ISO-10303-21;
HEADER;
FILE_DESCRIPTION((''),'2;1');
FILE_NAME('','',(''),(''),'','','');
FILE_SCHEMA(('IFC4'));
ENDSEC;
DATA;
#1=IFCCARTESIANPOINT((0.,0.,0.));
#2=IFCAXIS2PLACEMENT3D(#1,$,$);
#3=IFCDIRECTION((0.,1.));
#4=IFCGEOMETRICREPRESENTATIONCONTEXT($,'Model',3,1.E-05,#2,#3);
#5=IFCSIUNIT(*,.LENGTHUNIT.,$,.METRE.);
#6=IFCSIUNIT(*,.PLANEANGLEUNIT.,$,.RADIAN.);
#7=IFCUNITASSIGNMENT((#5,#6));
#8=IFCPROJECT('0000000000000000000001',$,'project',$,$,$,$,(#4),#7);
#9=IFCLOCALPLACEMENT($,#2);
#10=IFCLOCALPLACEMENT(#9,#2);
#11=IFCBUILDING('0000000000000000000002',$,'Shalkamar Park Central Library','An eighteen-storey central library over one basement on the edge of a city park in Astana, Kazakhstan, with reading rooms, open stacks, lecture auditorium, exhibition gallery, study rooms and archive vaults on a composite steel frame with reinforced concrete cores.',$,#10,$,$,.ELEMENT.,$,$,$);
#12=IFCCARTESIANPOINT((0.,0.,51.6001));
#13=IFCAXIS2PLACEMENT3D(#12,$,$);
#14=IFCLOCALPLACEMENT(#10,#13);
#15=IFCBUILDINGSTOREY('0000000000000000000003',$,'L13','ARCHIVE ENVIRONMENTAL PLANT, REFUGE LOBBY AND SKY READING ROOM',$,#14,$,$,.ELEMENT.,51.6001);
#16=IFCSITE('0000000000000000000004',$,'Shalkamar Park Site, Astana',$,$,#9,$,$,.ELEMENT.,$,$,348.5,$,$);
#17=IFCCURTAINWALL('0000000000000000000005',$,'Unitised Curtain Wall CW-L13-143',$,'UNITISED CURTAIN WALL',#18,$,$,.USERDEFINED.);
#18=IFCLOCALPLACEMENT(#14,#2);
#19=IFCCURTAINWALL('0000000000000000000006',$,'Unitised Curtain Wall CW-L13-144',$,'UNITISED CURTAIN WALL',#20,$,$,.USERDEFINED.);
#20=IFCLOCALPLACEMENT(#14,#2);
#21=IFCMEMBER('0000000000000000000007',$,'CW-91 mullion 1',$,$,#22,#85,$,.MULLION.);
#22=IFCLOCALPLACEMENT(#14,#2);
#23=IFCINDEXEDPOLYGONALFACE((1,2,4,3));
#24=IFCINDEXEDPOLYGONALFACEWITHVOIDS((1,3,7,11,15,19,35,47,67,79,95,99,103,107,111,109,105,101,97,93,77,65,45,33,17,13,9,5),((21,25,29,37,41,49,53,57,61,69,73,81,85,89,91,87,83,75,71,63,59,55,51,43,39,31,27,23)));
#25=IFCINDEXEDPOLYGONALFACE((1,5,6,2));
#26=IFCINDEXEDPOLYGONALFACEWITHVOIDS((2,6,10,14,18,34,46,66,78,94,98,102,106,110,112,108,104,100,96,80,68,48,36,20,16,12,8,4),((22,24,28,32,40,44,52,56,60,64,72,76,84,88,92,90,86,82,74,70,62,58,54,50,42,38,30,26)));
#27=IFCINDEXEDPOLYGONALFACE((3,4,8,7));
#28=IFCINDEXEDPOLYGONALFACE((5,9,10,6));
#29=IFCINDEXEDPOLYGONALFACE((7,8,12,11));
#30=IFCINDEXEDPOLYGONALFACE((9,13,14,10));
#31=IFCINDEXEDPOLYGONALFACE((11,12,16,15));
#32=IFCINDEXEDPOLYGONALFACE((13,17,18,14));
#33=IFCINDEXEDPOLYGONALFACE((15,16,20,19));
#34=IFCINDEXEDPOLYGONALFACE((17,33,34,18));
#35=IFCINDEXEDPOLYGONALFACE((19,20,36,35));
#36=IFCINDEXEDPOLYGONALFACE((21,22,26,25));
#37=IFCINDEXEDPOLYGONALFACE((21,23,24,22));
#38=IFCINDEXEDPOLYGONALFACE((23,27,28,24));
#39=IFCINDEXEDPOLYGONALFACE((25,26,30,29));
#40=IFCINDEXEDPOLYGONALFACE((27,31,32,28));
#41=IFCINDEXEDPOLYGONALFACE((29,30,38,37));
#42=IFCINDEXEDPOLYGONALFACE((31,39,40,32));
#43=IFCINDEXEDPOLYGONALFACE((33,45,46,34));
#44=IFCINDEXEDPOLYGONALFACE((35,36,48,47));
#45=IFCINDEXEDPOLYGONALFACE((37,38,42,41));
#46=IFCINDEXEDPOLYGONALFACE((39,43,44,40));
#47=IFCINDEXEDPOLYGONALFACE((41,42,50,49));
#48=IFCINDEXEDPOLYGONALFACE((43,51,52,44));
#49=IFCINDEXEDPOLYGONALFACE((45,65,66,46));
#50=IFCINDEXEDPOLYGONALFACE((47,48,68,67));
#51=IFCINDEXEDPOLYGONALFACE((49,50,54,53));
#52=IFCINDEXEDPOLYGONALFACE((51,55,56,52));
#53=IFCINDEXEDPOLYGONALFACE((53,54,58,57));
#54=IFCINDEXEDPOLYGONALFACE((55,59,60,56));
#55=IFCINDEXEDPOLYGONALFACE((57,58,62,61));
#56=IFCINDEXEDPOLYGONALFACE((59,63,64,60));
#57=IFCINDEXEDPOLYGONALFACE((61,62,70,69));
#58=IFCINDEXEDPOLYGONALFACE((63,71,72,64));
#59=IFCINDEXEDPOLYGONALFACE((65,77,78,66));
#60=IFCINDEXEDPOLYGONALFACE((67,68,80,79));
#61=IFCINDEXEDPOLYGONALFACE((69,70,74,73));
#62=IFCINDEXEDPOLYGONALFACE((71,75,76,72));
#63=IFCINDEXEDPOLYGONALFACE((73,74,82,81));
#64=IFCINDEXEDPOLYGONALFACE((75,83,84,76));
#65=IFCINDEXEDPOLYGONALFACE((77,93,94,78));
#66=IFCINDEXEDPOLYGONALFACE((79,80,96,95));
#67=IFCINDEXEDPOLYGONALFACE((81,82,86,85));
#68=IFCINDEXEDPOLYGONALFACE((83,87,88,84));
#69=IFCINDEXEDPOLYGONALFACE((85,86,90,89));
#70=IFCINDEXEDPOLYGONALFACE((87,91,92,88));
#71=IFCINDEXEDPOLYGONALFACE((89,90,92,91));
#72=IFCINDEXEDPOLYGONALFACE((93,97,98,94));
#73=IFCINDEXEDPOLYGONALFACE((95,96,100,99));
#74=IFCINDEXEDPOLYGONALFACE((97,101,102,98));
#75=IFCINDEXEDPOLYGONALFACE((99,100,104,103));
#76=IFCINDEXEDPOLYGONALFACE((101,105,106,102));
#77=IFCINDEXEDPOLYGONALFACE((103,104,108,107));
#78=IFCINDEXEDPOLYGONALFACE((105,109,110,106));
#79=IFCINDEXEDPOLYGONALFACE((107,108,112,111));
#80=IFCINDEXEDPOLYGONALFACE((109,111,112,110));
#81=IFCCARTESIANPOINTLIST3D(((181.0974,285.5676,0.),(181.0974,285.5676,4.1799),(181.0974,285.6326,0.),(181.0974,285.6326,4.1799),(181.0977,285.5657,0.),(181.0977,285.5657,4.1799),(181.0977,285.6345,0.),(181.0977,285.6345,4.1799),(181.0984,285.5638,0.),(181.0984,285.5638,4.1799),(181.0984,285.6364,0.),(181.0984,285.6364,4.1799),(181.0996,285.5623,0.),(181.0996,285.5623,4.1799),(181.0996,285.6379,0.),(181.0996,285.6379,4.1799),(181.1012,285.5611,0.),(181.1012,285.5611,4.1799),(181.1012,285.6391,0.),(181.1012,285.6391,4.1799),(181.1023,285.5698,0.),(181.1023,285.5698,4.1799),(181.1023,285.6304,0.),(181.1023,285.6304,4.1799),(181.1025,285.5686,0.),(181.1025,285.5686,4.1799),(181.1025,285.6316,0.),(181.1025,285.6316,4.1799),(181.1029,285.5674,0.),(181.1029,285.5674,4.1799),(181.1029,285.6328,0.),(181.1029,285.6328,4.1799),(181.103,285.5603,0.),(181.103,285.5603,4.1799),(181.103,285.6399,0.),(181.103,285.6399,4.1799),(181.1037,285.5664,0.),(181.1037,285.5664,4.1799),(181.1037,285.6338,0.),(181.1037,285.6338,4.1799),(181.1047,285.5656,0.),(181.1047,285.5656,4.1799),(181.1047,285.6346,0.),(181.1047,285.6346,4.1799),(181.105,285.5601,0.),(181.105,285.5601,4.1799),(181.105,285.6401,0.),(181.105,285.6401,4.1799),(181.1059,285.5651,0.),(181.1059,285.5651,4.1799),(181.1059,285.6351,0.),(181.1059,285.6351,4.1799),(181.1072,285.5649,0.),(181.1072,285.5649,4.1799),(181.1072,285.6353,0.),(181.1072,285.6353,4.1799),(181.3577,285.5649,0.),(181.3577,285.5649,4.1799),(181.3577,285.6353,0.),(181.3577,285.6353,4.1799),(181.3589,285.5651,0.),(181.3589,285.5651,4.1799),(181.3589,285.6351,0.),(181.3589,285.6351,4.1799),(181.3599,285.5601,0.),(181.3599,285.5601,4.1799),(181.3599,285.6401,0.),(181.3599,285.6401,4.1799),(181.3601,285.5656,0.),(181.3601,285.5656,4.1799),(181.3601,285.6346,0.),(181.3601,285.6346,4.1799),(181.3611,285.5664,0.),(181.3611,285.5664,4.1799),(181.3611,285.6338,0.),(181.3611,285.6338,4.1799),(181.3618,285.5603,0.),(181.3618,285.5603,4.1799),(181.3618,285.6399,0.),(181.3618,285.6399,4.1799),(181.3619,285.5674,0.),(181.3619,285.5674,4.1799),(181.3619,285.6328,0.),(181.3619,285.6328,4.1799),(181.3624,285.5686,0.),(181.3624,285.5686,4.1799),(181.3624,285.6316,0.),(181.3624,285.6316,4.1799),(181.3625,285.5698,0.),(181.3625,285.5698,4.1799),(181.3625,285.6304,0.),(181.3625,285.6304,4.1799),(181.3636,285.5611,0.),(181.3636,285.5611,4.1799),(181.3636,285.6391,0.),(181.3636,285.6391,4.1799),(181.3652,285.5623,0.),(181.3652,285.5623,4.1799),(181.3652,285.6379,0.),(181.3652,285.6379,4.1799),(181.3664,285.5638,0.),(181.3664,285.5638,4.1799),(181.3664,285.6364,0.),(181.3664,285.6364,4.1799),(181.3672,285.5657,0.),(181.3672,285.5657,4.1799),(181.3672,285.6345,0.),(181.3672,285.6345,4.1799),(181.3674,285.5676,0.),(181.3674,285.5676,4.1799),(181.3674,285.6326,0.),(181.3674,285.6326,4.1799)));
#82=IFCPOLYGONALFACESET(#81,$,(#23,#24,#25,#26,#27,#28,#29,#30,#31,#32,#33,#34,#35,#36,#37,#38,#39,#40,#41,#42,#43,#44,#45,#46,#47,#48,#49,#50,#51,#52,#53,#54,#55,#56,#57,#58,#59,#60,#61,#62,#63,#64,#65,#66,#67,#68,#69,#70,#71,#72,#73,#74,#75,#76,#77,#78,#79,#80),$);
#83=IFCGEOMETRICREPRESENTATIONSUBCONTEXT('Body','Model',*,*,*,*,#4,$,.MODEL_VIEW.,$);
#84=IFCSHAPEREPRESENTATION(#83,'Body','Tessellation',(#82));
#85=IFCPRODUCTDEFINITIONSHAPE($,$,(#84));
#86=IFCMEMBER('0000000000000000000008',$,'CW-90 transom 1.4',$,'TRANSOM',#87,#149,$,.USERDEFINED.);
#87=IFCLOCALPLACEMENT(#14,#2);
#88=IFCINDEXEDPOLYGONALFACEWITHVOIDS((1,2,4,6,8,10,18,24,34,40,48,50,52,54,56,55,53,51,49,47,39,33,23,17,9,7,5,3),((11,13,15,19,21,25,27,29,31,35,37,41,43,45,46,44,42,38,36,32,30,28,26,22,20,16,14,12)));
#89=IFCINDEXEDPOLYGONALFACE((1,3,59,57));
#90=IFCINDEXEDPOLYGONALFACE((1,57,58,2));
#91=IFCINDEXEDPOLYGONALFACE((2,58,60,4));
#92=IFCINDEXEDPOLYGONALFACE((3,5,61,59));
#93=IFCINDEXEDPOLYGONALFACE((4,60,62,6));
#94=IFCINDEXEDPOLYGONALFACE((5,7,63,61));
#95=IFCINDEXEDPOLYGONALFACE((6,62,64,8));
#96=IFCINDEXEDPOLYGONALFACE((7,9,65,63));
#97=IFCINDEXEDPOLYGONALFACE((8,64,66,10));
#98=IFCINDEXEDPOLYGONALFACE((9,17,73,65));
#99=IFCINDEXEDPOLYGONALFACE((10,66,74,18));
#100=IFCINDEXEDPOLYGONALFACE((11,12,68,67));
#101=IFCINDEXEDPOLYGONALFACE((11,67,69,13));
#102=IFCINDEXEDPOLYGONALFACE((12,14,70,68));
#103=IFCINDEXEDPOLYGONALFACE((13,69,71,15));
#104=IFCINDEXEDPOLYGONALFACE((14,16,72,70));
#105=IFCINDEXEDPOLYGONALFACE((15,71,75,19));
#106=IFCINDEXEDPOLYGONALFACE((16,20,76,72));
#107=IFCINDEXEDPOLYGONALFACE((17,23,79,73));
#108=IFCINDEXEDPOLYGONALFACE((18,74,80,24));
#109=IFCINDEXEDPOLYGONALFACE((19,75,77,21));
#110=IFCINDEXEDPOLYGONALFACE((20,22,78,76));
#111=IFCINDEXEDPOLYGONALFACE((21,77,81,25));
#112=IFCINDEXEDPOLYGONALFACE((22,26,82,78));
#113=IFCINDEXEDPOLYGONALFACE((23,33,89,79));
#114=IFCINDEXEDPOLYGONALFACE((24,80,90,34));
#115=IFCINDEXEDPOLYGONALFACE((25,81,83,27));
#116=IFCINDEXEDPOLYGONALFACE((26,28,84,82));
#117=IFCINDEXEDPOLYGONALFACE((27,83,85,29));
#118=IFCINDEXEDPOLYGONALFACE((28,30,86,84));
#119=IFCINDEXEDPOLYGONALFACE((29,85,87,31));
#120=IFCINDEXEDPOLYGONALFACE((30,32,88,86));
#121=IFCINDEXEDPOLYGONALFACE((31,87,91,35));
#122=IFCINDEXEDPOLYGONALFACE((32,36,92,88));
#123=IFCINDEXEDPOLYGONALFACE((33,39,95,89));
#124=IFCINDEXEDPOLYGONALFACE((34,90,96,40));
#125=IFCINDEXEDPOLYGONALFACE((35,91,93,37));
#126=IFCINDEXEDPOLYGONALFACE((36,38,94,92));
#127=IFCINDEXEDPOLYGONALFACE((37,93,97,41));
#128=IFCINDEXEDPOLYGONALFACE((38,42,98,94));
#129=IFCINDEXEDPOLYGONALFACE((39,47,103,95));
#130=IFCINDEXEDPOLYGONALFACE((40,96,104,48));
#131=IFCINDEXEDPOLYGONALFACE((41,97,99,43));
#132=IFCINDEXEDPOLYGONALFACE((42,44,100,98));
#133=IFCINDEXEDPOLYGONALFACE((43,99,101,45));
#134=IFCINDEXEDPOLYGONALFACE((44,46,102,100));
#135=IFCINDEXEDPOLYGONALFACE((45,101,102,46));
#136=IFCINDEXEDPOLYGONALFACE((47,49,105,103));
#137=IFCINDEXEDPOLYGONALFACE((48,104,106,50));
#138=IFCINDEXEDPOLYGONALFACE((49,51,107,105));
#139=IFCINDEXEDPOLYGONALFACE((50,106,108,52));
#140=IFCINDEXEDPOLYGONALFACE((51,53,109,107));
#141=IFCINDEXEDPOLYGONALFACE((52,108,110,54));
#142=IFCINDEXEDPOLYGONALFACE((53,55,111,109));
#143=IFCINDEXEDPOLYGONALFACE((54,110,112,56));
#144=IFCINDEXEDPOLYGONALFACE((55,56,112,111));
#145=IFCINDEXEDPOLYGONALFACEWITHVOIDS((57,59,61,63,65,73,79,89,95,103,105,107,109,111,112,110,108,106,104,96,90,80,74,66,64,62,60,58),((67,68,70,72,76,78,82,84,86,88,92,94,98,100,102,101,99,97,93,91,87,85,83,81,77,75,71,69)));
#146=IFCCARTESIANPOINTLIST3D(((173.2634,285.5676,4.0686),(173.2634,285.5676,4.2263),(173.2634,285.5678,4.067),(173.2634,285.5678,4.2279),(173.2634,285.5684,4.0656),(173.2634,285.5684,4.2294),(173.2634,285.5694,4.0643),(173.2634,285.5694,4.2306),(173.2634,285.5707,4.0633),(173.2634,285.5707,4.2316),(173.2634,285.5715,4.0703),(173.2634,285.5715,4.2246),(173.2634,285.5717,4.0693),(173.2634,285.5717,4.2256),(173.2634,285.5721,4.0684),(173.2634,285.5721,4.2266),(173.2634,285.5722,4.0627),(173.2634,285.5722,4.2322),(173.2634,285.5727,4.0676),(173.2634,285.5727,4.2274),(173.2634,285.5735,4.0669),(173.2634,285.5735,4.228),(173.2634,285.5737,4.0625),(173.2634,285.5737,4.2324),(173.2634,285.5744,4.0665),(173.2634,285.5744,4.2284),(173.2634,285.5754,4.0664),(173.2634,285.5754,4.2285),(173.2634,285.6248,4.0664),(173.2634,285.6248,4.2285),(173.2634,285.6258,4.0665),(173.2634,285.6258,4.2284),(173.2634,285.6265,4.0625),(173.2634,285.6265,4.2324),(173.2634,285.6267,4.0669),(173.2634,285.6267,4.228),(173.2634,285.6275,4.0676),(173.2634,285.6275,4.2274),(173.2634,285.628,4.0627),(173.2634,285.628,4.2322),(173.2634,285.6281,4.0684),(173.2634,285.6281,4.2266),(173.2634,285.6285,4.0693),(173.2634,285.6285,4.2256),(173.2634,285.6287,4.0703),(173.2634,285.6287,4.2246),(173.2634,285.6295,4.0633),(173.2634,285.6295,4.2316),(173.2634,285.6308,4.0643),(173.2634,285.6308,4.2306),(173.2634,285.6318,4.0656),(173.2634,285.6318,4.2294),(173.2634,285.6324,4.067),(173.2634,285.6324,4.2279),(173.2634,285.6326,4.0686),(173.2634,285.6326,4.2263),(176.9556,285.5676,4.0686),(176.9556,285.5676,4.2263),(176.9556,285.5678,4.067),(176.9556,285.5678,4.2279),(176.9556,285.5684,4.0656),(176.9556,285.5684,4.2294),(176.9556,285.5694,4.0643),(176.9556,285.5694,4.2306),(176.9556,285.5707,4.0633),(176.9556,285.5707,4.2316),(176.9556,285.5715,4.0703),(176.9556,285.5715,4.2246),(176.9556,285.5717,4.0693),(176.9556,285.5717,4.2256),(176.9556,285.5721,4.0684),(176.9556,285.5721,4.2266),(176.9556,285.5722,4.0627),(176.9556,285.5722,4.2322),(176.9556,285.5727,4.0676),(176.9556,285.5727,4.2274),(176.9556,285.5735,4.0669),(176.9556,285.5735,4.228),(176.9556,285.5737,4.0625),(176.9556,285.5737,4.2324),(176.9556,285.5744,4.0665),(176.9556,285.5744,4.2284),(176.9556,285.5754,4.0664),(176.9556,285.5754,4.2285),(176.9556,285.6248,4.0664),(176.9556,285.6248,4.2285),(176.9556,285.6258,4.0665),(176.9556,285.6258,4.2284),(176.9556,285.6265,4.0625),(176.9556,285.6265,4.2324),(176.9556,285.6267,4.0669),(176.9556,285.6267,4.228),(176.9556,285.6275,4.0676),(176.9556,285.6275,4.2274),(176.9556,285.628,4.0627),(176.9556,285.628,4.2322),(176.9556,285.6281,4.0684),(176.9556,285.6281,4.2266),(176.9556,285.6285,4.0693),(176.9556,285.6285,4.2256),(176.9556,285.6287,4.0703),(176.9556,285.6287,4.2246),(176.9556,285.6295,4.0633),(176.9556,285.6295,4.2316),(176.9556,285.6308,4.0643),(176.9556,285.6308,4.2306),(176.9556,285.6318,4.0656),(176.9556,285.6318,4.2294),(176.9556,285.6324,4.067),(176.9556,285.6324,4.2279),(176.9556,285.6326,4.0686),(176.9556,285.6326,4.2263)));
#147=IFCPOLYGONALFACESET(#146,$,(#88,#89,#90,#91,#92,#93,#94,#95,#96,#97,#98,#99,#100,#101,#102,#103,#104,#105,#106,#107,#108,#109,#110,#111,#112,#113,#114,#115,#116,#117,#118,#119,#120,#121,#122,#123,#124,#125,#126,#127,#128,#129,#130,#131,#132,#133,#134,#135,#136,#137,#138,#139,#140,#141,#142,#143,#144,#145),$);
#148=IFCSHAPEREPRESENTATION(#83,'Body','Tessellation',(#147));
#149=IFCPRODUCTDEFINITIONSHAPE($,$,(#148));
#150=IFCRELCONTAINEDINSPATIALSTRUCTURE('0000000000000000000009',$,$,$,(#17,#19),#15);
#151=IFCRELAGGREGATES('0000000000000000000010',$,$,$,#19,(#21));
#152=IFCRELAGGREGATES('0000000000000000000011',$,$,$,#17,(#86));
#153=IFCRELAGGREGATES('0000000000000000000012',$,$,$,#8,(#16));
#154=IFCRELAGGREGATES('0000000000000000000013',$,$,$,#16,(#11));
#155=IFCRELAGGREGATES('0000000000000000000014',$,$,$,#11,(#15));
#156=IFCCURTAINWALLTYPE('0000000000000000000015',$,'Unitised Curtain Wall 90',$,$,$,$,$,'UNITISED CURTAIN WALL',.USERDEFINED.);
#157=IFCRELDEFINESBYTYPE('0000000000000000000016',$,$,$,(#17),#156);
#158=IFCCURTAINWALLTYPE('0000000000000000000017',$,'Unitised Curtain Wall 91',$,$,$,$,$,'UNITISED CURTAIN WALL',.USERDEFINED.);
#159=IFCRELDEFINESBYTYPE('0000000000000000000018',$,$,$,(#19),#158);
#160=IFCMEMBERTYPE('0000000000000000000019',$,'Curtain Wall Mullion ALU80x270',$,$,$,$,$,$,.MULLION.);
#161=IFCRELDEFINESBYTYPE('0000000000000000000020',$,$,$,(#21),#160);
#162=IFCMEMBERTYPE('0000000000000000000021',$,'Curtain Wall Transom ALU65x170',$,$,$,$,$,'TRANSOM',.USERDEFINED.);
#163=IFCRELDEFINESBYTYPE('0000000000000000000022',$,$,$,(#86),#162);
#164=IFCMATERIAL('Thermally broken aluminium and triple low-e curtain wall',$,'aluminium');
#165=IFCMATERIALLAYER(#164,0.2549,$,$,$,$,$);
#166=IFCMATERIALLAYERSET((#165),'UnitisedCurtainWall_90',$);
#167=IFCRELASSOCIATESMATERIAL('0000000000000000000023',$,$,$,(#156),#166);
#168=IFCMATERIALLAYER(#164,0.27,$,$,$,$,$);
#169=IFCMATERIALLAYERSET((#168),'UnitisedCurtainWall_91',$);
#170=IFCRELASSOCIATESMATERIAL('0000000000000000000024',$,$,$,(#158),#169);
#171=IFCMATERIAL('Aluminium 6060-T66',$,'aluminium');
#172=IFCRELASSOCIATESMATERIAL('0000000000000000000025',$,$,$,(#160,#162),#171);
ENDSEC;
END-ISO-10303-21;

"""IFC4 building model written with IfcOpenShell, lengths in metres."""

from ifc_helpers import new_model, si_unit, direction, frame, origin, origin_2d, place, context, subcontext, project, spatial, hollow_rectangle, extrude, material, layer, layer_set, material_profile, profile_set, type_object, element, aggregate, save


model = new_model("IFC4")

# Units and contexts
model_context = context("Model", 3, precision=1e-05, world=origin(), true_north=direction((0.0, 1.0)))
body_context = subcontext(model_context, "Body", "Model", "MODEL_VIEW")
ifc_project = project(units=[si_unit("LENGTHUNIT", "METRE"), si_unit("PLANEANGLEUNIT", "RADIAN")], contexts=[model_context])

# Site, building, storey
site_placement = place(None, origin())
site = spatial("IfcSite", under=ifc_project, at=site_placement, Name="Shalkamar Park Site, Astana", CompositionType="ELEMENT", RefElevation=348.5)
building_placement = place(site_placement, origin())
building = spatial("IfcBuilding", under=site, at=building_placement, Name="Shalkamar Park Central Library", Description="An eighteen-storey central library over one basement on the edge of a city park in Astana, Kazakhstan, with reading rooms, open stacks, lecture auditorium, exhibition gallery, study rooms and archive vaults on a composite steel frame with reinforced concrete cores.", CompositionType="ELEMENT")
storey_placement = place(building_placement, frame((0.0, 0.0, 51.6001)))
storey = spatial("IfcBuildingStorey", under=building, at=storey_placement, Name="L13", Description="ARCHIVE ENVIRONMENTAL PLANT, REFUGE LOBBY AND SKY READING ROOM", CompositionType="ELEMENT", Elevation=51.6001)

# Curtain wall
ifc_material_1 = material(Name="Thermally broken aluminium and triple low-e curtain wall", Category="aluminium")
ifc_layer_1 = layer(ifc_material_1, 0.2549)
ifc_layer_set_1 = layer_set([ifc_layer_1], Name="UnitisedCurtainWall_90")
curtain_wall_type_1 = type_object("IfcCurtainWallType", Name="Unitised Curtain Wall 90", ElementType="UNITISED CURTAIN WALL", PredefinedType="USERDEFINED", material=ifc_layer_set_1)
curtain_wall_1_placement = place(storey_placement, origin())
curtain_wall_1 = element("IfcCurtainWall", 1, at=curtain_wall_1_placement, inside=storey, type_object=curtain_wall_type_1, Name="Unitised Curtain Wall CW-L13-143", ObjectType="UNITISED CURTAIN WALL", PredefinedType="USERDEFINED")
ifc_material_2 = material(Name="Aluminium 6060-T66", Category="aluminium")

# Curtain wall, member
ifc_layer_2 = layer(ifc_material_1, 0.27)
ifc_layer_set_2 = layer_set([ifc_layer_2], Name="UnitisedCurtainWall_91")
curtain_wall_type_2 = type_object("IfcCurtainWallType", Name="Unitised Curtain Wall 91", ElementType="UNITISED CURTAIN WALL", PredefinedType="USERDEFINED", material=ifc_layer_set_2)
curtain_wall_2_placement = place(storey_placement, origin())
curtain_wall_2 = element("IfcCurtainWall", 2, at=curtain_wall_2_placement, inside=storey, type_object=curtain_wall_type_2, Name="Unitised Curtain Wall CW-L13-144", ObjectType="UNITISED CURTAIN WALL", PredefinedType="USERDEFINED")
ifc_material_profile_1 = material_profile(ifc_material_2, hollow_rectangle(XDim=0.0801, YDim=0.27, WallThickness=0.0049, InnerFilletRadius=0.0049, OuterFilletRadius=0.0076, at=origin_2d()), Name="ALU 80x270x5")
ifc_profile_set_1 = profile_set([ifc_material_profile_1], Name="Aluminium 6060-T66")
member_type_1 = type_object("IfcMemberType", Name="Curtain Wall Mullion ALU80x270", PredefinedType="MULLION", material=ifc_profile_set_1)
member_1_placement = place(storey_placement, frame((181.2324, 285.6001, 0.0), z_axis=(0.0, 0.0, 1.0), x_axis=(0.0, 1.0, 0.0)))
member_1 = element("IfcMember", 3, at=member_1_placement, type_object=member_type_1, Name="CW-91 mullion 1", PredefinedType="MULLION", context=body_context, shape_type="SweptSolid", body=[
    extrude(hollow_rectangle(XDim=0.0801, YDim=0.27, WallThickness=0.0049, InnerFilletRadius=0.0049, OuterFilletRadius=0.0076, at=origin_2d()), origin(), (0.0, 0.0, 1.0), 4.1799),
])

# Member
ifc_material_profile_2 = material_profile(ifc_material_2, hollow_rectangle(XDim=0.0649, YDim=0.1699, WallThickness=0.0039, InnerFilletRadius=0.0039, OuterFilletRadius=0.0061, at=origin_2d()), Name="ALU 65x170x4")
ifc_profile_set_2 = profile_set([ifc_material_profile_2], Name="Aluminium 6060-T66")
member_type_2 = type_object("IfcMemberType", Name="Curtain Wall Transom ALU65x170", ElementType="TRANSOM", PredefinedType="USERDEFINED", material=ifc_profile_set_2)
member_2_placement = place(storey_placement, frame((173.2634, 285.6001, 4.1475), z_axis=(1.0, 0.0, 0.0), x_axis=(0.0, 1.0, 0.0)))
member_2 = element("IfcMember", 4, at=member_2_placement, type_object=member_type_2, Name="CW-90 transom 1.4", ObjectType="TRANSOM", PredefinedType="USERDEFINED", context=body_context, shape_type="SweptSolid", body=[
    extrude(hollow_rectangle(XDim=0.0649, YDim=0.1699, WallThickness=0.0039, InnerFilletRadius=0.0039, OuterFilletRadius=0.0061, at=origin_2d()), origin(), (0.0, 0.0, 1.0), 3.6921),
])

aggregate(curtain_wall_2, [member_1])
aggregate(curtain_wall_1, [member_2])

save(model, "model.ifc")
